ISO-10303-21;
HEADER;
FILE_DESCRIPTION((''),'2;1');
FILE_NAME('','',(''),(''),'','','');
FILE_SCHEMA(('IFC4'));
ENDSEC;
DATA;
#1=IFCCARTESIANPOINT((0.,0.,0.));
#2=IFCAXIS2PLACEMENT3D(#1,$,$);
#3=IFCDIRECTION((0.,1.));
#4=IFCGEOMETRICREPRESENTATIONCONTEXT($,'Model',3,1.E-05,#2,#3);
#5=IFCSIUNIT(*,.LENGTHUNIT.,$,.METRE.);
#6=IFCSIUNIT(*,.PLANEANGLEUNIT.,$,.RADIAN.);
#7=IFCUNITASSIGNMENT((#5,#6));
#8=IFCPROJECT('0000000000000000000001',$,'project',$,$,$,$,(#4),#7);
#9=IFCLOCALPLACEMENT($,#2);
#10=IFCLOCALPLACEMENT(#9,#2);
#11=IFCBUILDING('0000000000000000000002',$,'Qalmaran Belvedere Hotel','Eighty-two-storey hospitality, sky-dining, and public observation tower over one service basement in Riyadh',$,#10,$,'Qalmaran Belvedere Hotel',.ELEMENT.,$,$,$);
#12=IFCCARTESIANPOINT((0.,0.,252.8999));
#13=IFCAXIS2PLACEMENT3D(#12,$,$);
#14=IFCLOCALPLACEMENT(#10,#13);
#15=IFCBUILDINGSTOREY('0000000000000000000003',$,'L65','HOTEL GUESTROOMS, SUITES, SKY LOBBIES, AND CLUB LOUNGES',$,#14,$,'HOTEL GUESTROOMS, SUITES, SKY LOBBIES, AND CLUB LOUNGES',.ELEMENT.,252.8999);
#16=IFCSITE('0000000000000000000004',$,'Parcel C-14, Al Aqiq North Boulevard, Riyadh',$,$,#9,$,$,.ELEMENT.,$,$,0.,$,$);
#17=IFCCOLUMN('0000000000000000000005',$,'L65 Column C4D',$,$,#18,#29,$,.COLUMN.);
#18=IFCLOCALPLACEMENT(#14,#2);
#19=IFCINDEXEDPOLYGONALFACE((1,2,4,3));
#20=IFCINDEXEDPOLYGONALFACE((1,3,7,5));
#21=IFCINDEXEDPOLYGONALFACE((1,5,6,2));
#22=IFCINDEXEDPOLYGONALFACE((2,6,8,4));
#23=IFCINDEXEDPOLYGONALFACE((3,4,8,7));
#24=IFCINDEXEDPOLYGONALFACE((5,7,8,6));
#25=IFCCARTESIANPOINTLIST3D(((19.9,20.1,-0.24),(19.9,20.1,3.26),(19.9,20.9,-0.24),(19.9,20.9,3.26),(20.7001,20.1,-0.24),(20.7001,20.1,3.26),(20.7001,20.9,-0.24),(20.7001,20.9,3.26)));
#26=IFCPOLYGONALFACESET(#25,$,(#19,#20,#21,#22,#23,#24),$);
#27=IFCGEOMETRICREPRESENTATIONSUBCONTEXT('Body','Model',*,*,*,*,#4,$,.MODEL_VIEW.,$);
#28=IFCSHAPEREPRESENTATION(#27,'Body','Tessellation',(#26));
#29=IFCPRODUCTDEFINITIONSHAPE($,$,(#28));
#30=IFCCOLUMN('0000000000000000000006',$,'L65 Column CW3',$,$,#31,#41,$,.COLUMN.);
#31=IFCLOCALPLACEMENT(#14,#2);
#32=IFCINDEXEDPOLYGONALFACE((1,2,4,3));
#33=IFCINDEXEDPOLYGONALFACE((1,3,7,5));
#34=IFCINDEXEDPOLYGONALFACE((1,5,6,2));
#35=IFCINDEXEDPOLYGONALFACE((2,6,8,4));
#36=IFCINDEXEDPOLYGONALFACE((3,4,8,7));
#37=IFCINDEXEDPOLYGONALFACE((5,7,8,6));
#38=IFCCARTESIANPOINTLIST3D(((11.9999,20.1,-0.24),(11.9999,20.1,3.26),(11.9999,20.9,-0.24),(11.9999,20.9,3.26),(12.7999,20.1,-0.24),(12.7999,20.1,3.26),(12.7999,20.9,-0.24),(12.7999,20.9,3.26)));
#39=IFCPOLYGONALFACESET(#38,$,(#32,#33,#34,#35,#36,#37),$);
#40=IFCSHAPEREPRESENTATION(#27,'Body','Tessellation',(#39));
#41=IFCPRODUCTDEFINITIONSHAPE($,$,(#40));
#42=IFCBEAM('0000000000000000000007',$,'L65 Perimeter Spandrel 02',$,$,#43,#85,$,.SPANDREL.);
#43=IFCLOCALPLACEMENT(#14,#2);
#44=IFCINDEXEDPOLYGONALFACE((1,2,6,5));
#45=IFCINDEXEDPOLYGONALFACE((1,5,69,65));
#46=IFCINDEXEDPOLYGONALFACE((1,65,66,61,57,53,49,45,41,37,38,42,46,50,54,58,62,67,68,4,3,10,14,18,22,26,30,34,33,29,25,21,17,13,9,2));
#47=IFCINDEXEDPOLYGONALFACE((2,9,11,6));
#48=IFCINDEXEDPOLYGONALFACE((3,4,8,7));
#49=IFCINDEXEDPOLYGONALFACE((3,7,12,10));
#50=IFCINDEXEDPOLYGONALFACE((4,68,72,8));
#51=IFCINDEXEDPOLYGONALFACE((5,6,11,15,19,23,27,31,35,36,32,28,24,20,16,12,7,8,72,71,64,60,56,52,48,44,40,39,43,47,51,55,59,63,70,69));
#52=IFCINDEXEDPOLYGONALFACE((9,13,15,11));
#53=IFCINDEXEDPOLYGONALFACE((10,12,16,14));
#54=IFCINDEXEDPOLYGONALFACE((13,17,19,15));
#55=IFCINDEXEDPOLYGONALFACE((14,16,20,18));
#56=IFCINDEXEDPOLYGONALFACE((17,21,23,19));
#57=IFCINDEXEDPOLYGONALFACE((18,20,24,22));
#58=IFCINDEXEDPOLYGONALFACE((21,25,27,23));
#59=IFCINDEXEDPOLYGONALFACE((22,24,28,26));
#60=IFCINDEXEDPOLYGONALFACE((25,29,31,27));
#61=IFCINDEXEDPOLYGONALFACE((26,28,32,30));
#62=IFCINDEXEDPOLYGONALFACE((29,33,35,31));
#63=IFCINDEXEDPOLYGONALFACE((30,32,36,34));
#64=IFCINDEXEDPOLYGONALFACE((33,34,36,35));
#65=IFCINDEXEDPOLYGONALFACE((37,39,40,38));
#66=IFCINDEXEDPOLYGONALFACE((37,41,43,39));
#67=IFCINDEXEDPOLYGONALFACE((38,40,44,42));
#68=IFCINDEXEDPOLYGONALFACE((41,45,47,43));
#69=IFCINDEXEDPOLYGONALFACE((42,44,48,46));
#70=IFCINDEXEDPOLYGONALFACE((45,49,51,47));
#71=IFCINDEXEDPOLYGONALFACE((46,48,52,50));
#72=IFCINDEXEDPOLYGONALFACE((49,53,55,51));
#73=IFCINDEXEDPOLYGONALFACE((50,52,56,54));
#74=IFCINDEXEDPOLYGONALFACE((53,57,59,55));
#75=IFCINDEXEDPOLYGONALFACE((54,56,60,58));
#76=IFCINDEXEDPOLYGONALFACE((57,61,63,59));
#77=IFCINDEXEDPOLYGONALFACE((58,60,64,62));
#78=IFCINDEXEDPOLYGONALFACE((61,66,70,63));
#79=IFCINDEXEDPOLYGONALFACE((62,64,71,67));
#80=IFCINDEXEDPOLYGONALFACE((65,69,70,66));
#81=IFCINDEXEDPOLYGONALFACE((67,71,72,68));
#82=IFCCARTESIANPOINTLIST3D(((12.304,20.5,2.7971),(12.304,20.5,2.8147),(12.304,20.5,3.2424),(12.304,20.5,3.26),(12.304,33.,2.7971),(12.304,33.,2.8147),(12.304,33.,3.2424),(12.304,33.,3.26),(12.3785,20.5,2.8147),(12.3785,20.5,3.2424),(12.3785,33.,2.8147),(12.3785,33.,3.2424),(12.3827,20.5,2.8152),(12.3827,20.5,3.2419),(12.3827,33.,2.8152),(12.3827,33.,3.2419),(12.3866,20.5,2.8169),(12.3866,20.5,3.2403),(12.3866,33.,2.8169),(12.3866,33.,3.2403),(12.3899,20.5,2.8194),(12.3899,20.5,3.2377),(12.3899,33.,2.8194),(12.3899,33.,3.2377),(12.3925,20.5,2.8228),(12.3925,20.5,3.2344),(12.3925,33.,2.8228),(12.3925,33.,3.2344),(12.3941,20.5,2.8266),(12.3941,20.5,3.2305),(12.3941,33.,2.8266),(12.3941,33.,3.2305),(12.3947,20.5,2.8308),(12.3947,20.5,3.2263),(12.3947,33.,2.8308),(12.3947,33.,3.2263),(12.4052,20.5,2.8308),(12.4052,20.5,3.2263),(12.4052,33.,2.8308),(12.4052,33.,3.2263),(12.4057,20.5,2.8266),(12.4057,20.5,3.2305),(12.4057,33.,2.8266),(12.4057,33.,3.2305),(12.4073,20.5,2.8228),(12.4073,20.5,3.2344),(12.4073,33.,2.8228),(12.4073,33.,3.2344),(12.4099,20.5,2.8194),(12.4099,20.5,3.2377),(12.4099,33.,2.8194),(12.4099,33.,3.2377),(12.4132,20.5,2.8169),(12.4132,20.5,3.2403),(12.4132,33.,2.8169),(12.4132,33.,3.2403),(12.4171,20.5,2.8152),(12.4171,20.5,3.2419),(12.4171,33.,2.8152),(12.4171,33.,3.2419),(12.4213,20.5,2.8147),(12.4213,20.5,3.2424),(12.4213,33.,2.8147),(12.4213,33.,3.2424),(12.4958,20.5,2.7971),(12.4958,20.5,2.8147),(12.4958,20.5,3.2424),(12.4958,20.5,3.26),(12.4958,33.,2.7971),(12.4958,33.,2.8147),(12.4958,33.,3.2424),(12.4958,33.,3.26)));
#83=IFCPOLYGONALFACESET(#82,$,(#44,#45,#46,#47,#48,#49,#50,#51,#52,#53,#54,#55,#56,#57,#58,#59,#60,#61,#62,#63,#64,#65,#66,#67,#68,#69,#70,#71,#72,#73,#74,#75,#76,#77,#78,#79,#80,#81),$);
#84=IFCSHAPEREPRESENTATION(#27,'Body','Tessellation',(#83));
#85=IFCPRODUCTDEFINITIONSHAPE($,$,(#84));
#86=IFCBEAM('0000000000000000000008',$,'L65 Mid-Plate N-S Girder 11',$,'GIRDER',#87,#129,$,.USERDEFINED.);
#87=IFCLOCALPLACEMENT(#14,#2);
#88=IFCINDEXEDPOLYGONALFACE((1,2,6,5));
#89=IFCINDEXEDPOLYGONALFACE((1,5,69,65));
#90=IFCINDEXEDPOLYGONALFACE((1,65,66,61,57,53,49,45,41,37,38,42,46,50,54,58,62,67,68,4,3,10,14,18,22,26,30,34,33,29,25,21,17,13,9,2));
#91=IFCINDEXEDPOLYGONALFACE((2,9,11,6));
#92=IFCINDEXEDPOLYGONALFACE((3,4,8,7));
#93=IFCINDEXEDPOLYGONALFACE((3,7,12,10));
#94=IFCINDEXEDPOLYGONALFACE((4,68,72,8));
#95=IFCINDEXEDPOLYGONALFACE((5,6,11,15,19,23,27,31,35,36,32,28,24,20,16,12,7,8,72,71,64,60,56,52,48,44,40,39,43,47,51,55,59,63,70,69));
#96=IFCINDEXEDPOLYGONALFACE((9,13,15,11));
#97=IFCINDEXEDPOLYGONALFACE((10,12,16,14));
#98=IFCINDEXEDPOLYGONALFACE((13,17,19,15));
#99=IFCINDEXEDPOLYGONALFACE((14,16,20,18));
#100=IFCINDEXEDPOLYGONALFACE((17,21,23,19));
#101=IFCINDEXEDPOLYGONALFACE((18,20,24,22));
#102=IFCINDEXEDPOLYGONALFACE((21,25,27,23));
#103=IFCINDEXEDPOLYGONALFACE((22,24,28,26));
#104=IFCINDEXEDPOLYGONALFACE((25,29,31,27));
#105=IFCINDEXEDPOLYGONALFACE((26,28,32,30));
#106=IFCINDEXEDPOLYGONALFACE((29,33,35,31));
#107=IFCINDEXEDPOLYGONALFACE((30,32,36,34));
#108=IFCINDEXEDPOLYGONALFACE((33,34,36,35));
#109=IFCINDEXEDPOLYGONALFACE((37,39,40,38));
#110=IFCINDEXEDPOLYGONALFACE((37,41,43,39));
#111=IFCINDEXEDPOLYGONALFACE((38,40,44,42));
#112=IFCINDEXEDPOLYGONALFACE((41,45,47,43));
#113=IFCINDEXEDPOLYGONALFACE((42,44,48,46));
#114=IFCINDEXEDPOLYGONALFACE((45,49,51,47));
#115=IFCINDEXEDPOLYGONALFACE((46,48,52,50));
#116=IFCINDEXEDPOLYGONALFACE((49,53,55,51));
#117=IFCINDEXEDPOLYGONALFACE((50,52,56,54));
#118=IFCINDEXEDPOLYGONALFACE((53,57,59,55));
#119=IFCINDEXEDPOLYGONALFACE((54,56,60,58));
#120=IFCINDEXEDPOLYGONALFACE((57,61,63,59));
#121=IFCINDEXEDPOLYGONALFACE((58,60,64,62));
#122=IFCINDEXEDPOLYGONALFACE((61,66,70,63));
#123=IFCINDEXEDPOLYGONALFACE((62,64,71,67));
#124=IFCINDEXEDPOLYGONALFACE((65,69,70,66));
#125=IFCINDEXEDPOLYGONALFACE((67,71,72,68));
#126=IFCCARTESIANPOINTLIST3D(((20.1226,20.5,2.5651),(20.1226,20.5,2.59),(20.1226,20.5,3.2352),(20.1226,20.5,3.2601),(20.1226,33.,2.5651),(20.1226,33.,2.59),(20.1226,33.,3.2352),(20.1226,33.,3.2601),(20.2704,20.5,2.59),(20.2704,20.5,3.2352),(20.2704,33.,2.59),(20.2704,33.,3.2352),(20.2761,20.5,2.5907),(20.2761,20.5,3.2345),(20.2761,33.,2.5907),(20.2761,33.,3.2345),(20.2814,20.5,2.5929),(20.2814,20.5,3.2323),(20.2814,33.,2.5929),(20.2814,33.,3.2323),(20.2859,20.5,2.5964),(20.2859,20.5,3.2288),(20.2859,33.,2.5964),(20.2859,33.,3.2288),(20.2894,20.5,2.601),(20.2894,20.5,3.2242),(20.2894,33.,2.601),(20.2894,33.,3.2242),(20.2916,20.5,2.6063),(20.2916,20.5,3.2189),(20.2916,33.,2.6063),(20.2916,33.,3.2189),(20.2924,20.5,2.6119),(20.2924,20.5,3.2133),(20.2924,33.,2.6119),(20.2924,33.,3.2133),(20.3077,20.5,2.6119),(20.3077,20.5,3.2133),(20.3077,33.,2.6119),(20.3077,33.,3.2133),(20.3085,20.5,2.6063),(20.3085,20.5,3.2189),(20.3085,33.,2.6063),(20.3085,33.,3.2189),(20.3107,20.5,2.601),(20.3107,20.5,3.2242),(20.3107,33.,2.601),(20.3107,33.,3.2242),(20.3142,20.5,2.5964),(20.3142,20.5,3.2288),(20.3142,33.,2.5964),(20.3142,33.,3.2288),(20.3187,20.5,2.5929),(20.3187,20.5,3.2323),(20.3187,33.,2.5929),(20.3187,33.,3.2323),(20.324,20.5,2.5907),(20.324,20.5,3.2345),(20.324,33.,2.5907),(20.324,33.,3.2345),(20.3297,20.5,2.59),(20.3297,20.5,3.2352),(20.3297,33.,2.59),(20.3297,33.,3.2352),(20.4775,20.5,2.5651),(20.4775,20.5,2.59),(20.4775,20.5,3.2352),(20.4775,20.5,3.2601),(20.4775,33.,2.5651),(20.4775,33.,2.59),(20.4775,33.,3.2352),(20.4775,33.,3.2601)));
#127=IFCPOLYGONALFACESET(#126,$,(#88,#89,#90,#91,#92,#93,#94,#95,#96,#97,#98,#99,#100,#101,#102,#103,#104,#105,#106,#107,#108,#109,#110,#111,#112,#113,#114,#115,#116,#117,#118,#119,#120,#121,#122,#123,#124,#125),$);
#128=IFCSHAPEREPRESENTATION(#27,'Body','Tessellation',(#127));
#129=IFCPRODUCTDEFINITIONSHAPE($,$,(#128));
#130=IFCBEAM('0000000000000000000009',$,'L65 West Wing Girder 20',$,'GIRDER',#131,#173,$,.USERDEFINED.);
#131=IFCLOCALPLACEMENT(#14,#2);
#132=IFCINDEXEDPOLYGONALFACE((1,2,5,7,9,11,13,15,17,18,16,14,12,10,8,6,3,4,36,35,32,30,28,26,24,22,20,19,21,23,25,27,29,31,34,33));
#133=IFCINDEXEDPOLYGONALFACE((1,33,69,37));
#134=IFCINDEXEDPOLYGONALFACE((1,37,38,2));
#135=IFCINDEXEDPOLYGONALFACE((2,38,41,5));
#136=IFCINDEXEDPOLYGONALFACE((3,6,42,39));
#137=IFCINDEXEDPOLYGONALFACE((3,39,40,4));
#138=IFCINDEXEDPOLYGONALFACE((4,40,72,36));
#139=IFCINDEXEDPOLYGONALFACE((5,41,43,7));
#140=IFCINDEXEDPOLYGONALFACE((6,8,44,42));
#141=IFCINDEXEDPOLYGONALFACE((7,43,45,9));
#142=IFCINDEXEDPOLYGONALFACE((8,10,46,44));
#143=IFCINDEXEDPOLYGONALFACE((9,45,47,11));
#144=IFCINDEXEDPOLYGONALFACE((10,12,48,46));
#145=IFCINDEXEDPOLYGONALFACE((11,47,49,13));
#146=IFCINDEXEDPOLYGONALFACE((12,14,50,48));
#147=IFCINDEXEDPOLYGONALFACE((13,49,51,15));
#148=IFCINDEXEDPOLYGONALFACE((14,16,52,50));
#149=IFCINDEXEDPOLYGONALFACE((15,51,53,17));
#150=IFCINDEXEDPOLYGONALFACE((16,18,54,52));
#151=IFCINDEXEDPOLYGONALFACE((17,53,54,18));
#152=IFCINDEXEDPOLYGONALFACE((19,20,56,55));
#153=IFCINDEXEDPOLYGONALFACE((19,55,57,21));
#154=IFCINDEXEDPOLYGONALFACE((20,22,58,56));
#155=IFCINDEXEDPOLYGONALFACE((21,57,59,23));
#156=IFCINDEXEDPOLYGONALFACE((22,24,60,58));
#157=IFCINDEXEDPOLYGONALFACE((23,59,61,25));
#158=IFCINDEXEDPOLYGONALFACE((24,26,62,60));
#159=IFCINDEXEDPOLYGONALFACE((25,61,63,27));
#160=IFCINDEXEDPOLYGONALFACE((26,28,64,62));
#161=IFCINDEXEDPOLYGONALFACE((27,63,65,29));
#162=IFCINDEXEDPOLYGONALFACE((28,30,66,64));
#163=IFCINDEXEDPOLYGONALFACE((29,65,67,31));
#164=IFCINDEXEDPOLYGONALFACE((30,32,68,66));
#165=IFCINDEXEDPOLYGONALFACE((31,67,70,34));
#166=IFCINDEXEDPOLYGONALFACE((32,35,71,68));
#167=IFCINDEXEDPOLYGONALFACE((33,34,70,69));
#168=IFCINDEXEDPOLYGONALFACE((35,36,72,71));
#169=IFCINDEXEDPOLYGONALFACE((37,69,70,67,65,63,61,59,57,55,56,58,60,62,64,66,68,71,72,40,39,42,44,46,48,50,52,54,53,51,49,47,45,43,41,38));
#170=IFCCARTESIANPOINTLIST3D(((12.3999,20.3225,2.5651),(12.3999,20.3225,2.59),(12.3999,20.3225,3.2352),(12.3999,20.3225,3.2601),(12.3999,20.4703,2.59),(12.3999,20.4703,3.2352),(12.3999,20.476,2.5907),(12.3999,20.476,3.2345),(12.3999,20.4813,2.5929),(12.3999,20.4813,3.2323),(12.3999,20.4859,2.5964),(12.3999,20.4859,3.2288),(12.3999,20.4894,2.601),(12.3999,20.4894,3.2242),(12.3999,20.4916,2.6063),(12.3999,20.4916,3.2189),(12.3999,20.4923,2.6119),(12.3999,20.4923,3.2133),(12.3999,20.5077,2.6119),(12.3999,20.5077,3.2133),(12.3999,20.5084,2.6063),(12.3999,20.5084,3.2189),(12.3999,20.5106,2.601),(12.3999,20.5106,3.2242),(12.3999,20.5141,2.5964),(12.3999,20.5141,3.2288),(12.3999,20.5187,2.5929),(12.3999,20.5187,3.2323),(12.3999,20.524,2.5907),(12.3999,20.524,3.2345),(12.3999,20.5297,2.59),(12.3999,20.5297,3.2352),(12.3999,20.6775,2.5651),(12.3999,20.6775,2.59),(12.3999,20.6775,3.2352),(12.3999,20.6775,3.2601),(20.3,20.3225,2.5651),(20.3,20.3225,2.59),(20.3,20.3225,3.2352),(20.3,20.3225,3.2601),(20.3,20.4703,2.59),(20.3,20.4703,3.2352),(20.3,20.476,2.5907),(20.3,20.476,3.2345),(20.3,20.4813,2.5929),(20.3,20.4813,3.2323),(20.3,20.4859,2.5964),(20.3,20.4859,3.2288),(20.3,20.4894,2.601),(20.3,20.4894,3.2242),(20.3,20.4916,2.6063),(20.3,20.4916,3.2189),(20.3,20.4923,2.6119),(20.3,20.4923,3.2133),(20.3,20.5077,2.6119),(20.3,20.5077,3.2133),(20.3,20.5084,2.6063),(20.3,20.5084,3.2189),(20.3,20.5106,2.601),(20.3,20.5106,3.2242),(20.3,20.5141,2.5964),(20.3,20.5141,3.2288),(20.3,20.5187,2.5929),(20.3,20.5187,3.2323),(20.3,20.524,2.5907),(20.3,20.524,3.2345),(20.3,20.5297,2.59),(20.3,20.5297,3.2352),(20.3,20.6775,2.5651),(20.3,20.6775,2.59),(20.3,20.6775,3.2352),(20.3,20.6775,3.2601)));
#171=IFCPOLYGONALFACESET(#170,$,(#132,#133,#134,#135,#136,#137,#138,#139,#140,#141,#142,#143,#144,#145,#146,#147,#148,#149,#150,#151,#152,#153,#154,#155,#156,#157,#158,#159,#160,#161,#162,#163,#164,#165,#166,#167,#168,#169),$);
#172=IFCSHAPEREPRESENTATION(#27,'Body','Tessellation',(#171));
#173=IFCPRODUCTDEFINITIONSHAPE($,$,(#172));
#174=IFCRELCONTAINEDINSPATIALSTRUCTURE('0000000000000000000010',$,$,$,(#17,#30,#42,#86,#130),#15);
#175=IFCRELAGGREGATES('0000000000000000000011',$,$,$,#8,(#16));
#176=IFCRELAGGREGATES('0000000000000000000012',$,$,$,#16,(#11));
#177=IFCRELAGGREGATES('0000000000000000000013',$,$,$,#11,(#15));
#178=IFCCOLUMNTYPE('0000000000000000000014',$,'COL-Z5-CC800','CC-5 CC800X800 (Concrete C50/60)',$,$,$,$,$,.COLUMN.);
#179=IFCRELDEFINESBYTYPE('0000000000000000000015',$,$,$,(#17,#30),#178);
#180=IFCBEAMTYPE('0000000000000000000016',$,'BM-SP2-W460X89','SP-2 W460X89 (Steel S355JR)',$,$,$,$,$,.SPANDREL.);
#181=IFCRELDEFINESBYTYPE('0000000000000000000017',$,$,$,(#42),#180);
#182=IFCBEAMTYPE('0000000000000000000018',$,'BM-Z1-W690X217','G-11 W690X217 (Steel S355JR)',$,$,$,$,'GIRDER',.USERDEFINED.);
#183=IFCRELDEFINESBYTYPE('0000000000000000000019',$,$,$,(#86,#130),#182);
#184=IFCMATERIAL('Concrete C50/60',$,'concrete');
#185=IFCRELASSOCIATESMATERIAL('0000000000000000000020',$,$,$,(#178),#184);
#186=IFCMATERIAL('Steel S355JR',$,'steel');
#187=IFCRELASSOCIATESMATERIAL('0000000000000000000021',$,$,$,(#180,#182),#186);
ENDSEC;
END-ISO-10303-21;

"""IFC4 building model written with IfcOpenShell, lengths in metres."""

from ifc_helpers import new_model, si_unit, direction, frame, origin, origin_2d, place, context, subcontext, project, spatial, rectangle, i_section, extrude, material, material_profile, profile_set, type_object, element, save


model = new_model("IFC4")

# Units and contexts
model_context = context("Model", 3, precision=1e-05, world=origin(), true_north=direction((0.0, 1.0)))
body_context = subcontext(model_context, "Body", "Model", "MODEL_VIEW")
ifc_project = project(units=[si_unit("LENGTHUNIT", "METRE"), si_unit("PLANEANGLEUNIT", "RADIAN")], contexts=[model_context])

# Site, building, storey
site_placement = place(None, origin())
site = spatial("IfcSite", under=ifc_project, at=site_placement, Name="Parcel C-14, Al Aqiq North Boulevard, Riyadh", CompositionType="ELEMENT", RefElevation=0.0)
building_placement = place(site_placement, origin())
building = spatial("IfcBuilding", under=site, at=building_placement, Name="Qalmaran Belvedere Hotel", Description="Eighty-two-storey hospitality, sky-dining, and public observation tower over one service basement in Riyadh", LongName="Qalmaran Belvedere Hotel", CompositionType="ELEMENT")
storey_placement = place(building_placement, frame((0.0, 0.0, 252.8999)))
storey = spatial("IfcBuildingStorey", under=building, at=storey_placement, Name="L65", Description="HOTEL GUESTROOMS, SUITES, SKY LOBBIES, AND CLUB LOUNGES", LongName="HOTEL GUESTROOMS, SUITES, SKY LOBBIES, AND CLUB LOUNGES", CompositionType="ELEMENT", Elevation=252.8999)

# Columns
ifc_material_1 = material(Name="Concrete C50/60", Category="concrete")
ifc_material_profile_1 = material_profile(ifc_material_1, rectangle(XDim=0.8, YDim=0.8, at=origin_2d()), Name="CC800X800")
ifc_profile_set_1 = profile_set([ifc_material_profile_1], Name="Concrete C50/60")
column_type = type_object("IfcColumnType", Name="COL-Z5-CC800", Description="CC-5 CC800X800 (Concrete C50/60)", PredefinedType="COLUMN", material=ifc_profile_set_1)
for number, where, z_axis, x_axis, name in (
    (1, (20.3, 20.5, -0.24), (0.0, 0.0, 1.0), (1.0, 0.0, 0.0), "L65 Column C4D"),
    (2, (12.3999, 20.5, -0.24), (0.0, 0.0, 1.0), (1.0, 0.0, 0.0), "L65 Column CW3"),
):
    element("IfcColumn", number, at=place(storey_placement, frame(where, z_axis=z_axis, x_axis=x_axis)), inside=storey, type_object=column_type, Name=name, PredefinedType="COLUMN", context=body_context, shape_type="SweptSolid", body=[
        extrude(rectangle(XDim=0.8, YDim=0.8, at=origin_2d()), origin(), (0.0, 0.0, 1.0), 3.5),
    ])

# Beams
ifc_material_2 = material(Name="Steel S355JR", Category="steel")
ifc_material_profile_2 = material_profile(ifc_material_2, i_section(OverallWidth=0.1919, OverallDepth=0.4629, WebThickness=0.0105, FlangeThickness=0.0176, FilletRadius=0.0161, at=origin_2d()), Name="W460X89")
ifc_profile_set_2 = profile_set([ifc_material_profile_2], Name="Steel S355JR")
beam_type_1 = type_object("IfcBeamType", Name="BM-SP2-W460X89", Description="SP-2 W460X89 (Steel S355JR)", PredefinedType="SPANDREL", material=ifc_profile_set_2)
beam_1_placement = place(storey_placement, frame((12.3999, 20.5, 3.0286), z_axis=(0.0, 1.0, 0.0), x_axis=(-1.0, 0.0, 0.0)))
element("IfcBeam", 3, at=beam_1_placement, inside=storey, type_object=beam_type_1, Name="L65 Perimeter Spandrel 02", PredefinedType="SPANDREL", context=body_context, shape_type="SweptSolid", body=[
    extrude(i_section(OverallWidth=0.1919, OverallDepth=0.4629, WebThickness=0.0105, FlangeThickness=0.0176, FilletRadius=0.0161, at=origin_2d()), origin(), (0.0, 0.0, 1.0), 12.5),
])
ifc_material_profile_3 = material_profile(ifc_material_2, i_section(OverallWidth=0.355, OverallDepth=0.6951, WebThickness=0.0154, FlangeThickness=0.0249, FilletRadius=0.022, at=origin_2d()), Name="W690X217")
ifc_profile_set_3 = profile_set([ifc_material_profile_3], Name="Steel S355JR")
beam_type_2 = type_object("IfcBeamType", Name="BM-Z1-W690X217", Description="G-11 W690X217 (Steel S355JR)", ElementType="GIRDER", PredefinedType="USERDEFINED", material=ifc_profile_set_3)
beam_2_placement = place(storey_placement, frame((20.3, 20.5, 2.9126), z_axis=(0.0, 1.0, 0.0), x_axis=(-1.0, 0.0, 0.0)))
element("IfcBeam", 4, at=beam_2_placement, inside=storey, type_object=beam_type_2, Name="L65 Mid-Plate N-S Girder 11", ObjectType="GIRDER", PredefinedType="USERDEFINED", context=body_context, shape_type="SweptSolid", body=[
    extrude(i_section(OverallWidth=0.355, OverallDepth=0.6951, WebThickness=0.0154, FlangeThickness=0.0249, FilletRadius=0.022, at=origin_2d()), origin(), (0.0, 0.0, 1.0), 12.5),
])
beam_3_placement = place(storey_placement, frame((12.3999, 20.5, 2.9126), z_axis=(1.0, 0.0, 0.0), x_axis=(0.0, 1.0, 0.0)))
element("IfcBeam", 5, at=beam_3_placement, inside=storey, type_object=beam_type_2, Name="L65 West Wing Girder 20", ObjectType="GIRDER", PredefinedType="USERDEFINED", context=body_context, shape_type="SweptSolid", body=[
    extrude(i_section(OverallWidth=0.355, OverallDepth=0.6951, WebThickness=0.0154, FlangeThickness=0.0249, FilletRadius=0.022, at=origin_2d()), origin(), (0.0, 0.0, 1.0), 7.9001),
])

save(model, "model.ifc")
